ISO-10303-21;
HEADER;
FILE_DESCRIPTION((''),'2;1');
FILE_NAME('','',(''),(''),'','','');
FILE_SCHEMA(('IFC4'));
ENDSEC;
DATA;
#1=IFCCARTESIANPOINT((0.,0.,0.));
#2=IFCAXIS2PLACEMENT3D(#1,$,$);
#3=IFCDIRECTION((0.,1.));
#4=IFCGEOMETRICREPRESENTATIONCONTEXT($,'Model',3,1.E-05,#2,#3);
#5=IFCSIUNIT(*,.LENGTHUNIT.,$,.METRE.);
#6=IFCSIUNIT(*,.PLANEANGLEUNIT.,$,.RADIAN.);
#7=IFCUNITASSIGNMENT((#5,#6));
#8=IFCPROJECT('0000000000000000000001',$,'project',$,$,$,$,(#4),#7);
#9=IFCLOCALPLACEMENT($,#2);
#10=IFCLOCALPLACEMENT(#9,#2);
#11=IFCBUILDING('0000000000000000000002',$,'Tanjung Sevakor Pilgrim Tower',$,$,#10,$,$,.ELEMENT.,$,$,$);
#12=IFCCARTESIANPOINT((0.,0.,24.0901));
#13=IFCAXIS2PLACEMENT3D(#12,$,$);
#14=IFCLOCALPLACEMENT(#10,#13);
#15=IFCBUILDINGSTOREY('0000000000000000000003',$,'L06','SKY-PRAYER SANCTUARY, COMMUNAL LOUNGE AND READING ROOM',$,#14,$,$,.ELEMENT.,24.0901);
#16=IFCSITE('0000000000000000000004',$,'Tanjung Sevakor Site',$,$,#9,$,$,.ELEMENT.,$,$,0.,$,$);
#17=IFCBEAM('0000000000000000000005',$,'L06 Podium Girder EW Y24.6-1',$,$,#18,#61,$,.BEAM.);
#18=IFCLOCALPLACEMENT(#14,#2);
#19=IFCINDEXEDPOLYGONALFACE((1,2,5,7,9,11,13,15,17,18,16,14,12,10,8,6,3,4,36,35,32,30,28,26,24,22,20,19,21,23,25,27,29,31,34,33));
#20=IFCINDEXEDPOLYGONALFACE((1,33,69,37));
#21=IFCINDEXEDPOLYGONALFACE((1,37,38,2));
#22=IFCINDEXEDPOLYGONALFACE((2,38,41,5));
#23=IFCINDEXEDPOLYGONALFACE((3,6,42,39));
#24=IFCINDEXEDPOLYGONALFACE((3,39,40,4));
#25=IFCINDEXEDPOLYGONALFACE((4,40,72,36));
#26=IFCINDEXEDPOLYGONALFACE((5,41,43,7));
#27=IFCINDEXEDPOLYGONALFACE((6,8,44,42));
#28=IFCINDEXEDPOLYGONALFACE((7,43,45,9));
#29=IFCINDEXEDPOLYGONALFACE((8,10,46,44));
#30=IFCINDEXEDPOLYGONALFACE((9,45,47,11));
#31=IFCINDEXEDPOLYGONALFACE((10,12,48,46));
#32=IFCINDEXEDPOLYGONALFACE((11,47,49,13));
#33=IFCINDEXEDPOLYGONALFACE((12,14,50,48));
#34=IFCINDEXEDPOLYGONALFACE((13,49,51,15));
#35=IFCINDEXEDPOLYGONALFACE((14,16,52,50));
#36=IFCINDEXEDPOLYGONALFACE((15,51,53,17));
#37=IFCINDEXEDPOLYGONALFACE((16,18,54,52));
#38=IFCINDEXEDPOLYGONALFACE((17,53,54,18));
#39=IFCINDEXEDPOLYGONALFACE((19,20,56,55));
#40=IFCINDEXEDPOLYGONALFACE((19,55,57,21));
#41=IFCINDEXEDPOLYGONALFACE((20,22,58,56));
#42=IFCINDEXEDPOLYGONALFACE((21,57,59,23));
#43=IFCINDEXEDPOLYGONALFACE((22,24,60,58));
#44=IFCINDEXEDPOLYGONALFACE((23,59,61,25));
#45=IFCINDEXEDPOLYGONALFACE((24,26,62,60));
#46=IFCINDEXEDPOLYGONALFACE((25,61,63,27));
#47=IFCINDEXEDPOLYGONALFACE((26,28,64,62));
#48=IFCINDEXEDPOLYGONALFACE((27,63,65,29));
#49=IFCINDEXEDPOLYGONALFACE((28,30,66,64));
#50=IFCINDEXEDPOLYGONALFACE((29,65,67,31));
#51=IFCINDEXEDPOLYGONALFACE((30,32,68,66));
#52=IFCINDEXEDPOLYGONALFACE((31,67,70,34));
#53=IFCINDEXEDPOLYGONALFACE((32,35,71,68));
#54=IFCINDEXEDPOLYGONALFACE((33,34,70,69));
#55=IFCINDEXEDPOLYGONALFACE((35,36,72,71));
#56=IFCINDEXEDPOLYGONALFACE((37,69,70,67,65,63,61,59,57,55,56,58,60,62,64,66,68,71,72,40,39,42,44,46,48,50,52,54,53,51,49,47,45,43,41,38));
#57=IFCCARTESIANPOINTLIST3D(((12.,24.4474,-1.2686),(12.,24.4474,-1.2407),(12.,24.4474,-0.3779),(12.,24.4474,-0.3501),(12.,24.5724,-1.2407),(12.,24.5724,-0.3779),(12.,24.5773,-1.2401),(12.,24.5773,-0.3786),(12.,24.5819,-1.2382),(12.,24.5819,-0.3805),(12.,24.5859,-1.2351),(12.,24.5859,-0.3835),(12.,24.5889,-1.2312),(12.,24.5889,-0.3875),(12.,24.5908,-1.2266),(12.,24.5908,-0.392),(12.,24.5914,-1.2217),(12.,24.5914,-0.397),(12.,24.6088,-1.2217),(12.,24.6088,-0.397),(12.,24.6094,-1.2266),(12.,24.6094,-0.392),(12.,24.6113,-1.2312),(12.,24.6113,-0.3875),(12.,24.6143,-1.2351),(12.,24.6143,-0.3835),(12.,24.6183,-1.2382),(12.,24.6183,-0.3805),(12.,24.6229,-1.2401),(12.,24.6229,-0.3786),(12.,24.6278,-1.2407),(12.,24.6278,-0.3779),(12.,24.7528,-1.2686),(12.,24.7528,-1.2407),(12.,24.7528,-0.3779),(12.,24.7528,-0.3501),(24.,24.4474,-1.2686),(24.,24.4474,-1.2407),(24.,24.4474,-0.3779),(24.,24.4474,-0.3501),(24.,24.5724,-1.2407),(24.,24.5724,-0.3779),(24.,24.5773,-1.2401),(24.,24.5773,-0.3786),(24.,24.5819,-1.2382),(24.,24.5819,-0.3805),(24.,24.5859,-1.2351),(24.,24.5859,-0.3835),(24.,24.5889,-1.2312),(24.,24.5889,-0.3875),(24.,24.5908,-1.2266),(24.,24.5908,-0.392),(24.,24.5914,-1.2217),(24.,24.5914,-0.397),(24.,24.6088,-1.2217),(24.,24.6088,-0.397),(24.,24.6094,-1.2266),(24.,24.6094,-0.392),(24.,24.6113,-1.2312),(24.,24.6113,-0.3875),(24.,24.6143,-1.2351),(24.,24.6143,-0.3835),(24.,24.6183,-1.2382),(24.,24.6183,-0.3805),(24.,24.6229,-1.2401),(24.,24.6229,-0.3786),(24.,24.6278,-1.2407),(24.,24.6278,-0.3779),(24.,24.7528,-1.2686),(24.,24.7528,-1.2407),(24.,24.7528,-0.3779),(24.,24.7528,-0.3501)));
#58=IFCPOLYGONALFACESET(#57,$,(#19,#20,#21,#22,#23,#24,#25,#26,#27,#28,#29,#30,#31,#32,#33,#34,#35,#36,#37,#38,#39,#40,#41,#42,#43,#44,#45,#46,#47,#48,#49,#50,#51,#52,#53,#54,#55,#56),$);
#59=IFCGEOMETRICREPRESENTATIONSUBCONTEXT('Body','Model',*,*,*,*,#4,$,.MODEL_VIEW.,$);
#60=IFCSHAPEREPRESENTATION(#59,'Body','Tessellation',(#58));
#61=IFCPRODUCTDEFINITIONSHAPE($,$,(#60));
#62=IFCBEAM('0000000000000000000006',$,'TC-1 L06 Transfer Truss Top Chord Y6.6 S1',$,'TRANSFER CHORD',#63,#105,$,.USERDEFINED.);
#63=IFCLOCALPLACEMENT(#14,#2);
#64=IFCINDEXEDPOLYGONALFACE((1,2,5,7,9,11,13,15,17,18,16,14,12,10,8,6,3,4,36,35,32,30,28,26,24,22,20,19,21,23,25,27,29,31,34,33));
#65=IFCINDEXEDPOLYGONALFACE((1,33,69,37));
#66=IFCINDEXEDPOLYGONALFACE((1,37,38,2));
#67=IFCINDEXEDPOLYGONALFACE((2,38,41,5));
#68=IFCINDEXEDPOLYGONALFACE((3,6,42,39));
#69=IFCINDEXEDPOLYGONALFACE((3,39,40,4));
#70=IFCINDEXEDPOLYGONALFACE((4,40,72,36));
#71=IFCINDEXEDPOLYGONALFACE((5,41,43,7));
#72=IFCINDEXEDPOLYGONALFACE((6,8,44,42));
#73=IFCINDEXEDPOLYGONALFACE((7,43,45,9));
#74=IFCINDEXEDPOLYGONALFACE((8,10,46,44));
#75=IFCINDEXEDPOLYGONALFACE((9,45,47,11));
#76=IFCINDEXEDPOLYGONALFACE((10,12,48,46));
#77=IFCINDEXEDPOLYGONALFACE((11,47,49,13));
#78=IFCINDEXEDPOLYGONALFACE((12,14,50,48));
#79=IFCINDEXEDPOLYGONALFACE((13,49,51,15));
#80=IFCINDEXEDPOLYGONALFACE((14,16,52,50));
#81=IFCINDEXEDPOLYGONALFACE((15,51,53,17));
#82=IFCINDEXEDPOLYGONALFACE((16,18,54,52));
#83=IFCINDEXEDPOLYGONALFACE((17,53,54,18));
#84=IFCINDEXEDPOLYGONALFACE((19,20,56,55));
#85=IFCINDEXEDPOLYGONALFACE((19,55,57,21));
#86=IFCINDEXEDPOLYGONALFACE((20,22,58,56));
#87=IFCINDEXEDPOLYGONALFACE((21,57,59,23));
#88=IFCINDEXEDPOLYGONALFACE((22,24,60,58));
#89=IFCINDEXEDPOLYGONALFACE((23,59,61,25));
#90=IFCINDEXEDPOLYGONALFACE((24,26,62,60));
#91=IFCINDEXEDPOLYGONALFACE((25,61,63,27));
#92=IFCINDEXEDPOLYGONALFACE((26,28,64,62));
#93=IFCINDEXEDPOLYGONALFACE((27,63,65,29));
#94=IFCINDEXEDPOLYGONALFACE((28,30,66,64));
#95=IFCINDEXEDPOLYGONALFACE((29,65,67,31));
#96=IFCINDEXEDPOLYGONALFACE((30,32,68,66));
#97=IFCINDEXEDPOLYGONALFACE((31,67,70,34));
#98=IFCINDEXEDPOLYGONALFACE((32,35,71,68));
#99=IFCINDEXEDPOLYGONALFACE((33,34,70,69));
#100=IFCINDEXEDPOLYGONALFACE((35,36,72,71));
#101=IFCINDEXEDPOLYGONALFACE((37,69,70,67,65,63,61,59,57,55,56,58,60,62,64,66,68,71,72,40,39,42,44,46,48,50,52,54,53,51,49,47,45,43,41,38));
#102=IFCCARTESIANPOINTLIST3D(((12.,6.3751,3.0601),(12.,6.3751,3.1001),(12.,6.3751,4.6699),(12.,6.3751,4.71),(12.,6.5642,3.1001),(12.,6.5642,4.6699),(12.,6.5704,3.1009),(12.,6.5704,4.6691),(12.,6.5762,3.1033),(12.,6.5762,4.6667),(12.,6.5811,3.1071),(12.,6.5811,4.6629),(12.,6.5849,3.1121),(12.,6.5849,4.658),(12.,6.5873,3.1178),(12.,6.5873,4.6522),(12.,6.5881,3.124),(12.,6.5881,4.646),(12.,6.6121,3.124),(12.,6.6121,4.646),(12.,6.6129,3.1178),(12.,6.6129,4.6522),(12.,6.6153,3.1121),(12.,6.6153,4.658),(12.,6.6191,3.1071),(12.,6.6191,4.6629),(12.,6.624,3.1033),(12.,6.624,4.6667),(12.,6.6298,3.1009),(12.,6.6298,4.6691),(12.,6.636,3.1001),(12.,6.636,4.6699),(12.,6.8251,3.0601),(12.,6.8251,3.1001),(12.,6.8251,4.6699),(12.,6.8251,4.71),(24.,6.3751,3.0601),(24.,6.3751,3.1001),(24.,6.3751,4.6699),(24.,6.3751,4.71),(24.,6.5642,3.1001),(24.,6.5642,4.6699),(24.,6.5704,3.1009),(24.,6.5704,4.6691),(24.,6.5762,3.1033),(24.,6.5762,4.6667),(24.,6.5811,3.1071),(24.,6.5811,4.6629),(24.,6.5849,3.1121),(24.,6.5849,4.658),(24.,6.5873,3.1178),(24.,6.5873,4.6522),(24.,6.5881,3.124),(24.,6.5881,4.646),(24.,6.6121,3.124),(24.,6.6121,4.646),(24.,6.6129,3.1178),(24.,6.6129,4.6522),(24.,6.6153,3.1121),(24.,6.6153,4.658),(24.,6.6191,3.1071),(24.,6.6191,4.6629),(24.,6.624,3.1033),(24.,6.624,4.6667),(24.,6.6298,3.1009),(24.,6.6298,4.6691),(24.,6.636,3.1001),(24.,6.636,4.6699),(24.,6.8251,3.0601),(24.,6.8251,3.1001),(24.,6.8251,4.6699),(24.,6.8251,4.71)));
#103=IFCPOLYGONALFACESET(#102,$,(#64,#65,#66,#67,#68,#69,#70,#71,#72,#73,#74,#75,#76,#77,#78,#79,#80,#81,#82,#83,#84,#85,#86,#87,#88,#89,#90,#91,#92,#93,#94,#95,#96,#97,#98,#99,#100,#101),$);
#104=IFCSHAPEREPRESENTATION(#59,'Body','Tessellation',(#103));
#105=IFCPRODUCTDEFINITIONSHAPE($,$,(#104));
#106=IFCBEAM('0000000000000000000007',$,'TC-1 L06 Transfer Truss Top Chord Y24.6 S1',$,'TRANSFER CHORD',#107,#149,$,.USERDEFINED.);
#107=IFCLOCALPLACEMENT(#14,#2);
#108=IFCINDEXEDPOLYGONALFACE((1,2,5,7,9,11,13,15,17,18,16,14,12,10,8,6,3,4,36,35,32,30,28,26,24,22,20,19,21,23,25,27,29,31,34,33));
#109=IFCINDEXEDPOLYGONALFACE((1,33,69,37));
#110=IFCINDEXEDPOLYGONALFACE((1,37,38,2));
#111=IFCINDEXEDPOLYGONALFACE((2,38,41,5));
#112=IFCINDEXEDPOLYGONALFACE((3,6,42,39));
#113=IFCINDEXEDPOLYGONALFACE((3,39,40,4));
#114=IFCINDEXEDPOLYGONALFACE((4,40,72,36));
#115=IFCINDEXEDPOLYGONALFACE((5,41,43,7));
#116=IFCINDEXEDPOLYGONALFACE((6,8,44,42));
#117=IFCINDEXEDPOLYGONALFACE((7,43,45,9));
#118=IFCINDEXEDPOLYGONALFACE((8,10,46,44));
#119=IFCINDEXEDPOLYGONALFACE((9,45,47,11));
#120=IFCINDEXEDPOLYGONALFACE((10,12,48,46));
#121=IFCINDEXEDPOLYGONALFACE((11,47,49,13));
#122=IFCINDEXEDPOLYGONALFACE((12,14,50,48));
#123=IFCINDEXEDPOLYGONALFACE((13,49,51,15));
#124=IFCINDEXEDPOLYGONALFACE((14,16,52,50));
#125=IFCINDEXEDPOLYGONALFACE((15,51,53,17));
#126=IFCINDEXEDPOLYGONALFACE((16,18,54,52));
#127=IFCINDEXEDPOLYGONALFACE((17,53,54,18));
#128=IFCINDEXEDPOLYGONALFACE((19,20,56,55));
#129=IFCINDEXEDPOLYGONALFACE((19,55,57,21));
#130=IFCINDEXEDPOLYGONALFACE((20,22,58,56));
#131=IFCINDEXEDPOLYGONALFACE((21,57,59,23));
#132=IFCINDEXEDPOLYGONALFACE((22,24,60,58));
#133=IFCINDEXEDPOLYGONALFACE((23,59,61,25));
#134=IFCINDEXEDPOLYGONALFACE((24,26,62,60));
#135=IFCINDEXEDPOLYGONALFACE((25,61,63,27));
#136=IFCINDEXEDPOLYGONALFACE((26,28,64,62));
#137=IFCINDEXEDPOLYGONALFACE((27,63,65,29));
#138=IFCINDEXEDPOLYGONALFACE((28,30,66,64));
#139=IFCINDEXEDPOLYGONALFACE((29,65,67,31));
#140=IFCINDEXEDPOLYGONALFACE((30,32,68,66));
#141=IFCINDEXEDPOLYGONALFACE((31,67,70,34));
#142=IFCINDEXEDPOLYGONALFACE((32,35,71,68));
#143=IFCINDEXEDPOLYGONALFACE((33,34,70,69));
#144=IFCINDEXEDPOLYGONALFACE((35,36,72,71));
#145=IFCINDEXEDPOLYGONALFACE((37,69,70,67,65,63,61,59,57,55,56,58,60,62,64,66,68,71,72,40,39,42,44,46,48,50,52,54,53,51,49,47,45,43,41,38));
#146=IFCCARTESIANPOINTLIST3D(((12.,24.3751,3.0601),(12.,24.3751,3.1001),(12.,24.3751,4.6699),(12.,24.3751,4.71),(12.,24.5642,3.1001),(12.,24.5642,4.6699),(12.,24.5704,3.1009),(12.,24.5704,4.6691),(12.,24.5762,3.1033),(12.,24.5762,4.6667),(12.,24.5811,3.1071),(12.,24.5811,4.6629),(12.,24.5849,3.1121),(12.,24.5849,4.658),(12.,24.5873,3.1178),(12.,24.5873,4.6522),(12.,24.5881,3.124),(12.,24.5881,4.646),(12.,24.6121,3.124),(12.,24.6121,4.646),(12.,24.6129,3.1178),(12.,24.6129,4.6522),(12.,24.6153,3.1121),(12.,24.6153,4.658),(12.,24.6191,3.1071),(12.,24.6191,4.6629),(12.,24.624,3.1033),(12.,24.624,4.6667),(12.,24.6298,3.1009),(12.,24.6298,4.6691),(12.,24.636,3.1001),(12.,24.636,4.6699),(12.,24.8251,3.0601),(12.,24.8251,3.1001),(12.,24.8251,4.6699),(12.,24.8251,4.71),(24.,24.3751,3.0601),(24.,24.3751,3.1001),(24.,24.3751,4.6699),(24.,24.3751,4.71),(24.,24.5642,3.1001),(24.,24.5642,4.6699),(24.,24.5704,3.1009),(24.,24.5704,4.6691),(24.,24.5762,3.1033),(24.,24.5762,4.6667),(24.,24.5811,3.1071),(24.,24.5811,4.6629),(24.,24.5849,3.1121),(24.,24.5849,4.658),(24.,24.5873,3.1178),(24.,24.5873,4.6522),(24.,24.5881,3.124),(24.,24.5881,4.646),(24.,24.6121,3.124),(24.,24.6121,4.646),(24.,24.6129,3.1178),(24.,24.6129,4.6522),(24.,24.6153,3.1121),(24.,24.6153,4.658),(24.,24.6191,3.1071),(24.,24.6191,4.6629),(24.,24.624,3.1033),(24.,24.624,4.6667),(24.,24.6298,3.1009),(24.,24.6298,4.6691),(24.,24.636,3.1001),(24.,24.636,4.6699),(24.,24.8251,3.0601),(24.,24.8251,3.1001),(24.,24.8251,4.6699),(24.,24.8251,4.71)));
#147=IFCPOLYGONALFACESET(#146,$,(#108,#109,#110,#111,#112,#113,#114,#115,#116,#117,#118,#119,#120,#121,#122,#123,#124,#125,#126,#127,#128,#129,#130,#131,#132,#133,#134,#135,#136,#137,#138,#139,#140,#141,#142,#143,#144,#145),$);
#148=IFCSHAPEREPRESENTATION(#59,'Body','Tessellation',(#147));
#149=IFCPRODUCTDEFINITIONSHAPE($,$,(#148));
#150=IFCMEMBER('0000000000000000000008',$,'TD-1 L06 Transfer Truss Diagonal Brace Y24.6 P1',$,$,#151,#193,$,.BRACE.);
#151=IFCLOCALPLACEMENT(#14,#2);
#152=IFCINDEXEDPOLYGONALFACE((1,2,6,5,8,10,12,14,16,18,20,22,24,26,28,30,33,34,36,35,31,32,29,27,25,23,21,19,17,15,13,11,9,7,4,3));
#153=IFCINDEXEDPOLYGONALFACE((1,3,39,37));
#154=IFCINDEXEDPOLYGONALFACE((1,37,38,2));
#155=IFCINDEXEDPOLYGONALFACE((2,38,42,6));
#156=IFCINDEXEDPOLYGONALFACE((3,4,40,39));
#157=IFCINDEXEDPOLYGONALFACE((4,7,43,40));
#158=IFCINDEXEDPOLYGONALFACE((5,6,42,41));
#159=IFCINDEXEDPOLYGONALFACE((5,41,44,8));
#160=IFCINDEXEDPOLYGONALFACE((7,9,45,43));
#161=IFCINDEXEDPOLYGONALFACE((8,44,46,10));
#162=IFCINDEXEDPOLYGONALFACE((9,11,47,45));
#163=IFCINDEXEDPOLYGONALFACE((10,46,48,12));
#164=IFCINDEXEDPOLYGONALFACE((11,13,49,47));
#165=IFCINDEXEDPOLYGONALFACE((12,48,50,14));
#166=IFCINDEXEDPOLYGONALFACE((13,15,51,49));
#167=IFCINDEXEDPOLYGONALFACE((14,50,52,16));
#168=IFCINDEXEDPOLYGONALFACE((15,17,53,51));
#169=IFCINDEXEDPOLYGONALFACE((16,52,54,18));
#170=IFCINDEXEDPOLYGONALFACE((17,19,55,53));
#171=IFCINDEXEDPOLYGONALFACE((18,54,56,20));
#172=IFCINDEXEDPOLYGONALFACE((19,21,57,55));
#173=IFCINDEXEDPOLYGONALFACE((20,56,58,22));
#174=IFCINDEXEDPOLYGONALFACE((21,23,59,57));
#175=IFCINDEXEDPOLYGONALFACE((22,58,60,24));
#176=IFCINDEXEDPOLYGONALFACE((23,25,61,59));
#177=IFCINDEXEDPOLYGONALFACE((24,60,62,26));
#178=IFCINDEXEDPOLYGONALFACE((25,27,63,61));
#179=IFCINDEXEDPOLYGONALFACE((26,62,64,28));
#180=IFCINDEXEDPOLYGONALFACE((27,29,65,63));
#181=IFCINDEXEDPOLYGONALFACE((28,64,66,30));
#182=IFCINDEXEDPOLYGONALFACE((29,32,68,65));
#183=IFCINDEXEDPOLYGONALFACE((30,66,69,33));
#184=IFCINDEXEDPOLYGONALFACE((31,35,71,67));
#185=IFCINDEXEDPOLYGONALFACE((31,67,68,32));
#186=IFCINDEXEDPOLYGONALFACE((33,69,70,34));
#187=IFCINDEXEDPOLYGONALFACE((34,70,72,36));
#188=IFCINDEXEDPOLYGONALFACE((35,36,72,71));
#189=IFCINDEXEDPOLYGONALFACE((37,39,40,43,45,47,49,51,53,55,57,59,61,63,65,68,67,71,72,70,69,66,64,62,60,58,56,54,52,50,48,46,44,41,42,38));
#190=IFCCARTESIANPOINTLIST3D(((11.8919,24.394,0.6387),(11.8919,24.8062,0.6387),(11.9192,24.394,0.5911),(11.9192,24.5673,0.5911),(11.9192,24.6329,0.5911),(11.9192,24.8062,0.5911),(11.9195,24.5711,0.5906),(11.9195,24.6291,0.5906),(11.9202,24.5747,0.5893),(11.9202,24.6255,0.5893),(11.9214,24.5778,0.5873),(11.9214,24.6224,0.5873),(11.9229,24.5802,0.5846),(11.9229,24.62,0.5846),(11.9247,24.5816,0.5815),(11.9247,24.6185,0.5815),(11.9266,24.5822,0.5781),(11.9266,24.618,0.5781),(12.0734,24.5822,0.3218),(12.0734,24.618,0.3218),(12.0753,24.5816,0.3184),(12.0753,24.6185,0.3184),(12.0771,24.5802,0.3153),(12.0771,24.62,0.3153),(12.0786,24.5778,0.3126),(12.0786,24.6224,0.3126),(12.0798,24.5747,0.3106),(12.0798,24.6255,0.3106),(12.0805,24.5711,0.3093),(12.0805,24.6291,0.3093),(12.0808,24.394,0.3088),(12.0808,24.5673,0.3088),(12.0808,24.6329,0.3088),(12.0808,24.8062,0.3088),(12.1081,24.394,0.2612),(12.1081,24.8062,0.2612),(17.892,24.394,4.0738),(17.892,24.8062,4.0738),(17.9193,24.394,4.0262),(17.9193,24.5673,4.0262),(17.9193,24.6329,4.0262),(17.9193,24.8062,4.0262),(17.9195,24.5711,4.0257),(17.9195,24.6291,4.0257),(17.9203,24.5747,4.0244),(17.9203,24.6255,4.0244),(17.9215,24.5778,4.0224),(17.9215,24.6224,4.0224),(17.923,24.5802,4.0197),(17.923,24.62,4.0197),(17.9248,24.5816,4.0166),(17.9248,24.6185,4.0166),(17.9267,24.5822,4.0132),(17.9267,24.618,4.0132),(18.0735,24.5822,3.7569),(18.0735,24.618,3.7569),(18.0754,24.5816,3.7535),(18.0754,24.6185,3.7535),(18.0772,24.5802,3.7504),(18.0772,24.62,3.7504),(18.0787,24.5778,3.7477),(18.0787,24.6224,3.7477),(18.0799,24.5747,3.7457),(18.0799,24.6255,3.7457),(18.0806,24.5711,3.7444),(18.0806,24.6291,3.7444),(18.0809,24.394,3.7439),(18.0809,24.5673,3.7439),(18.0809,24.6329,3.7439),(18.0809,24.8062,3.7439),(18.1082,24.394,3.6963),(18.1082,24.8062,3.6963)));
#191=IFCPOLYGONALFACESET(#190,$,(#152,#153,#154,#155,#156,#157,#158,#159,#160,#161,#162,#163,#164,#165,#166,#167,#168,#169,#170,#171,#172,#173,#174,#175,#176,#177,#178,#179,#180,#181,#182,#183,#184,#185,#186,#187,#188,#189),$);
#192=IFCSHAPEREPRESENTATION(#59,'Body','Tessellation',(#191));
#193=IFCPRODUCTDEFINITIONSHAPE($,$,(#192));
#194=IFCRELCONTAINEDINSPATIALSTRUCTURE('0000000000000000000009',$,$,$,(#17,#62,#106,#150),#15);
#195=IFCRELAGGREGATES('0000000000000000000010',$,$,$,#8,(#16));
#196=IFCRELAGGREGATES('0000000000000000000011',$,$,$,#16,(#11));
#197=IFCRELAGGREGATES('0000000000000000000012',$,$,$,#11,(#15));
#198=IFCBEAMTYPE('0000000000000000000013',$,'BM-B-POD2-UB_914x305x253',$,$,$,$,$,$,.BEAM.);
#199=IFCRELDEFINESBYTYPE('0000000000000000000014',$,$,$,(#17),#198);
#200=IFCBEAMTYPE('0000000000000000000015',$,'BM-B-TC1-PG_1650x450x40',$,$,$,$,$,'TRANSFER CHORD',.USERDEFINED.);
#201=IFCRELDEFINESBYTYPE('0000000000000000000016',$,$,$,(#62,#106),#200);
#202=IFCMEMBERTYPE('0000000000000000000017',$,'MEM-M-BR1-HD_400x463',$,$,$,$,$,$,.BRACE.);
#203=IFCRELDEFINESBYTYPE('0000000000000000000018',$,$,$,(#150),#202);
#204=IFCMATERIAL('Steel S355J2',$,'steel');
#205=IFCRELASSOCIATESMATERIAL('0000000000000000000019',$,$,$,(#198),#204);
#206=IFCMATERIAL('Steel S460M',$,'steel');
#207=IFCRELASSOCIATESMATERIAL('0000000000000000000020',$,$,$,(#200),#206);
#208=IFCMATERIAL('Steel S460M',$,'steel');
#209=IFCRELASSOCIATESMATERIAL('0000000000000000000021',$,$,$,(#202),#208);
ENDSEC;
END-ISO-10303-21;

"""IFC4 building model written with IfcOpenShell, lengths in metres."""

from ifc_helpers import new_model, si_unit, direction, frame, origin, origin_2d, place, context, subcontext, project, spatial, i_section, extrude, material, material_profile, profile_set, type_object, element, save


model = new_model("IFC4")

# Units and contexts
model_context = context("Model", 3, precision=1e-05, world=origin(), true_north=direction((0.0, 1.0)))
body_context = subcontext(model_context, "Body", "Model", "MODEL_VIEW")
ifc_project = project(units=[si_unit("LENGTHUNIT", "METRE"), si_unit("PLANEANGLEUNIT", "RADIAN")], contexts=[model_context])

# Site, building, storey
site_placement = place(None, origin())
site = spatial("IfcSite", under=ifc_project, at=site_placement, Name="Tanjung Sevakor Site", CompositionType="ELEMENT", RefElevation=0.0)
building_placement = place(site_placement, origin())
building = spatial("IfcBuilding", under=site, at=building_placement, Name="Tanjung Sevakor Pilgrim Tower", CompositionType="ELEMENT")
storey_placement = place(building_placement, frame((0.0, 0.0, 24.0901)))
storey = spatial("IfcBuildingStorey", under=building, at=storey_placement, Name="L06", Description="SKY-PRAYER SANCTUARY, COMMUNAL LOUNGE AND READING ROOM", CompositionType="ELEMENT", Elevation=24.0901)

# Beams
ifc_material_1 = material(Name="Steel S355J2", Category="steel")
ifc_material_profile_1 = material_profile(ifc_material_1, i_section(OverallWidth=0.3054, OverallDepth=0.9185, WebThickness=0.0173, FlangeThickness=0.0278, FilletRadius=0.019, at=origin_2d()))
ifc_profile_set_1 = profile_set([ifc_material_profile_1], Name="Steel S355J2")
beam_type_1 = type_object("IfcBeamType", Name="BM-B-POD2-UB_914x305x253", PredefinedType="BEAM", material=ifc_profile_set_1)
for number, where, z_axis, x_axis, name in (
    (1, (12.0, 24.6001, -0.8093), (1.0, 0.0, 0.0), (0.0, 1.0, 0.0), "L06 Podium Girder EW Y24.6-1"),
):
    element("IfcBeam", number, at=place(storey_placement, frame(where, z_axis=z_axis, x_axis=x_axis)), inside=storey, type_object=beam_type_1, Name=name, PredefinedType="BEAM", context=body_context, shape_type="SweptSolid", body=[
        extrude(i_section(OverallWidth=0.3054, OverallDepth=0.9185, WebThickness=0.0173, FlangeThickness=0.0278, FilletRadius=0.019, at=origin_2d()), origin(), (0.0, 0.0, 1.0), 12.0),
    ])
ifc_material_2 = material(Name="Steel S460M", Category="steel")
ifc_material_profile_2 = material_profile(ifc_material_2, i_section(OverallWidth=0.45, OverallDepth=1.6499, WebThickness=0.0239, FlangeThickness=0.04, FilletRadius=0.0239, at=origin_2d()))
ifc_profile_set_2 = profile_set([ifc_material_profile_2], Name="Steel S460M")
beam_type_2 = type_object("IfcBeamType", Name="BM-B-TC1-PG_1650x450x40", ElementType="TRANSFER CHORD", PredefinedType="USERDEFINED", material=ifc_profile_set_2)
for number, where, z_axis, x_axis, name in (
    (2, (12.0, 6.6001, 3.885), (1.0, 0.0, 0.0), (0.0, 1.0, 0.0), "TC-1 L06 Transfer Truss Top Chord Y6.6 S1"),
    (3, (12.0, 24.6001, 3.885), (1.0, 0.0, 0.0), (0.0, 1.0, 0.0), "TC-1 L06 Transfer Truss Top Chord Y24.6 S1"),
):
    element("IfcBeam", number, at=place(storey_placement, frame(where, z_axis=z_axis, x_axis=x_axis)), inside=storey, type_object=beam_type_2, Name=name, ObjectType="TRANSFER CHORD", PredefinedType="USERDEFINED", context=body_context, shape_type="SweptSolid", body=[
        extrude(i_section(OverallWidth=0.45, OverallDepth=1.6499, WebThickness=0.0239, FlangeThickness=0.04, FilletRadius=0.0239, at=origin_2d()), origin(), (0.0, 0.0, 1.0), 12.0),
    ])

# Member
ifc_material_3 = material(Name="Steel S460M", Category="steel")
ifc_material_profile_3 = material_profile(ifc_material_3, i_section(OverallWidth=0.4121, OverallDepth=0.4351, WebThickness=0.0359, FlangeThickness=0.0549, FilletRadius=0.0149, at=origin_2d()))
ifc_profile_set_3 = profile_set([ifc_material_profile_3], Name="Steel S460M")
member_type_1 = type_object("IfcMemberType", Name="MEM-M-BR1-HD_400x463", PredefinedType="BRACE", material=ifc_profile_set_3)
member_1_placement = place(storey_placement, frame((12.0, 24.6001, 0.45), z_axis=(0.867839, 0.0, 0.496846), x_axis=(0.0, 1.0, 0.0)))
element("IfcMember", 4, at=member_1_placement, inside=storey, type_object=member_type_1, Name="TD-1 L06 Transfer Truss Diagonal Brace Y24.6 P1", PredefinedType="BRACE", context=body_context, shape_type="SweptSolid", body=[
    extrude(i_section(OverallWidth=0.4121, OverallDepth=0.4351, WebThickness=0.0359, FlangeThickness=0.0549, FilletRadius=0.0149, at=origin_2d()), origin(), (0.0, 0.0, 1.0), 6.9138),
])

save(model, "model.ifc")
